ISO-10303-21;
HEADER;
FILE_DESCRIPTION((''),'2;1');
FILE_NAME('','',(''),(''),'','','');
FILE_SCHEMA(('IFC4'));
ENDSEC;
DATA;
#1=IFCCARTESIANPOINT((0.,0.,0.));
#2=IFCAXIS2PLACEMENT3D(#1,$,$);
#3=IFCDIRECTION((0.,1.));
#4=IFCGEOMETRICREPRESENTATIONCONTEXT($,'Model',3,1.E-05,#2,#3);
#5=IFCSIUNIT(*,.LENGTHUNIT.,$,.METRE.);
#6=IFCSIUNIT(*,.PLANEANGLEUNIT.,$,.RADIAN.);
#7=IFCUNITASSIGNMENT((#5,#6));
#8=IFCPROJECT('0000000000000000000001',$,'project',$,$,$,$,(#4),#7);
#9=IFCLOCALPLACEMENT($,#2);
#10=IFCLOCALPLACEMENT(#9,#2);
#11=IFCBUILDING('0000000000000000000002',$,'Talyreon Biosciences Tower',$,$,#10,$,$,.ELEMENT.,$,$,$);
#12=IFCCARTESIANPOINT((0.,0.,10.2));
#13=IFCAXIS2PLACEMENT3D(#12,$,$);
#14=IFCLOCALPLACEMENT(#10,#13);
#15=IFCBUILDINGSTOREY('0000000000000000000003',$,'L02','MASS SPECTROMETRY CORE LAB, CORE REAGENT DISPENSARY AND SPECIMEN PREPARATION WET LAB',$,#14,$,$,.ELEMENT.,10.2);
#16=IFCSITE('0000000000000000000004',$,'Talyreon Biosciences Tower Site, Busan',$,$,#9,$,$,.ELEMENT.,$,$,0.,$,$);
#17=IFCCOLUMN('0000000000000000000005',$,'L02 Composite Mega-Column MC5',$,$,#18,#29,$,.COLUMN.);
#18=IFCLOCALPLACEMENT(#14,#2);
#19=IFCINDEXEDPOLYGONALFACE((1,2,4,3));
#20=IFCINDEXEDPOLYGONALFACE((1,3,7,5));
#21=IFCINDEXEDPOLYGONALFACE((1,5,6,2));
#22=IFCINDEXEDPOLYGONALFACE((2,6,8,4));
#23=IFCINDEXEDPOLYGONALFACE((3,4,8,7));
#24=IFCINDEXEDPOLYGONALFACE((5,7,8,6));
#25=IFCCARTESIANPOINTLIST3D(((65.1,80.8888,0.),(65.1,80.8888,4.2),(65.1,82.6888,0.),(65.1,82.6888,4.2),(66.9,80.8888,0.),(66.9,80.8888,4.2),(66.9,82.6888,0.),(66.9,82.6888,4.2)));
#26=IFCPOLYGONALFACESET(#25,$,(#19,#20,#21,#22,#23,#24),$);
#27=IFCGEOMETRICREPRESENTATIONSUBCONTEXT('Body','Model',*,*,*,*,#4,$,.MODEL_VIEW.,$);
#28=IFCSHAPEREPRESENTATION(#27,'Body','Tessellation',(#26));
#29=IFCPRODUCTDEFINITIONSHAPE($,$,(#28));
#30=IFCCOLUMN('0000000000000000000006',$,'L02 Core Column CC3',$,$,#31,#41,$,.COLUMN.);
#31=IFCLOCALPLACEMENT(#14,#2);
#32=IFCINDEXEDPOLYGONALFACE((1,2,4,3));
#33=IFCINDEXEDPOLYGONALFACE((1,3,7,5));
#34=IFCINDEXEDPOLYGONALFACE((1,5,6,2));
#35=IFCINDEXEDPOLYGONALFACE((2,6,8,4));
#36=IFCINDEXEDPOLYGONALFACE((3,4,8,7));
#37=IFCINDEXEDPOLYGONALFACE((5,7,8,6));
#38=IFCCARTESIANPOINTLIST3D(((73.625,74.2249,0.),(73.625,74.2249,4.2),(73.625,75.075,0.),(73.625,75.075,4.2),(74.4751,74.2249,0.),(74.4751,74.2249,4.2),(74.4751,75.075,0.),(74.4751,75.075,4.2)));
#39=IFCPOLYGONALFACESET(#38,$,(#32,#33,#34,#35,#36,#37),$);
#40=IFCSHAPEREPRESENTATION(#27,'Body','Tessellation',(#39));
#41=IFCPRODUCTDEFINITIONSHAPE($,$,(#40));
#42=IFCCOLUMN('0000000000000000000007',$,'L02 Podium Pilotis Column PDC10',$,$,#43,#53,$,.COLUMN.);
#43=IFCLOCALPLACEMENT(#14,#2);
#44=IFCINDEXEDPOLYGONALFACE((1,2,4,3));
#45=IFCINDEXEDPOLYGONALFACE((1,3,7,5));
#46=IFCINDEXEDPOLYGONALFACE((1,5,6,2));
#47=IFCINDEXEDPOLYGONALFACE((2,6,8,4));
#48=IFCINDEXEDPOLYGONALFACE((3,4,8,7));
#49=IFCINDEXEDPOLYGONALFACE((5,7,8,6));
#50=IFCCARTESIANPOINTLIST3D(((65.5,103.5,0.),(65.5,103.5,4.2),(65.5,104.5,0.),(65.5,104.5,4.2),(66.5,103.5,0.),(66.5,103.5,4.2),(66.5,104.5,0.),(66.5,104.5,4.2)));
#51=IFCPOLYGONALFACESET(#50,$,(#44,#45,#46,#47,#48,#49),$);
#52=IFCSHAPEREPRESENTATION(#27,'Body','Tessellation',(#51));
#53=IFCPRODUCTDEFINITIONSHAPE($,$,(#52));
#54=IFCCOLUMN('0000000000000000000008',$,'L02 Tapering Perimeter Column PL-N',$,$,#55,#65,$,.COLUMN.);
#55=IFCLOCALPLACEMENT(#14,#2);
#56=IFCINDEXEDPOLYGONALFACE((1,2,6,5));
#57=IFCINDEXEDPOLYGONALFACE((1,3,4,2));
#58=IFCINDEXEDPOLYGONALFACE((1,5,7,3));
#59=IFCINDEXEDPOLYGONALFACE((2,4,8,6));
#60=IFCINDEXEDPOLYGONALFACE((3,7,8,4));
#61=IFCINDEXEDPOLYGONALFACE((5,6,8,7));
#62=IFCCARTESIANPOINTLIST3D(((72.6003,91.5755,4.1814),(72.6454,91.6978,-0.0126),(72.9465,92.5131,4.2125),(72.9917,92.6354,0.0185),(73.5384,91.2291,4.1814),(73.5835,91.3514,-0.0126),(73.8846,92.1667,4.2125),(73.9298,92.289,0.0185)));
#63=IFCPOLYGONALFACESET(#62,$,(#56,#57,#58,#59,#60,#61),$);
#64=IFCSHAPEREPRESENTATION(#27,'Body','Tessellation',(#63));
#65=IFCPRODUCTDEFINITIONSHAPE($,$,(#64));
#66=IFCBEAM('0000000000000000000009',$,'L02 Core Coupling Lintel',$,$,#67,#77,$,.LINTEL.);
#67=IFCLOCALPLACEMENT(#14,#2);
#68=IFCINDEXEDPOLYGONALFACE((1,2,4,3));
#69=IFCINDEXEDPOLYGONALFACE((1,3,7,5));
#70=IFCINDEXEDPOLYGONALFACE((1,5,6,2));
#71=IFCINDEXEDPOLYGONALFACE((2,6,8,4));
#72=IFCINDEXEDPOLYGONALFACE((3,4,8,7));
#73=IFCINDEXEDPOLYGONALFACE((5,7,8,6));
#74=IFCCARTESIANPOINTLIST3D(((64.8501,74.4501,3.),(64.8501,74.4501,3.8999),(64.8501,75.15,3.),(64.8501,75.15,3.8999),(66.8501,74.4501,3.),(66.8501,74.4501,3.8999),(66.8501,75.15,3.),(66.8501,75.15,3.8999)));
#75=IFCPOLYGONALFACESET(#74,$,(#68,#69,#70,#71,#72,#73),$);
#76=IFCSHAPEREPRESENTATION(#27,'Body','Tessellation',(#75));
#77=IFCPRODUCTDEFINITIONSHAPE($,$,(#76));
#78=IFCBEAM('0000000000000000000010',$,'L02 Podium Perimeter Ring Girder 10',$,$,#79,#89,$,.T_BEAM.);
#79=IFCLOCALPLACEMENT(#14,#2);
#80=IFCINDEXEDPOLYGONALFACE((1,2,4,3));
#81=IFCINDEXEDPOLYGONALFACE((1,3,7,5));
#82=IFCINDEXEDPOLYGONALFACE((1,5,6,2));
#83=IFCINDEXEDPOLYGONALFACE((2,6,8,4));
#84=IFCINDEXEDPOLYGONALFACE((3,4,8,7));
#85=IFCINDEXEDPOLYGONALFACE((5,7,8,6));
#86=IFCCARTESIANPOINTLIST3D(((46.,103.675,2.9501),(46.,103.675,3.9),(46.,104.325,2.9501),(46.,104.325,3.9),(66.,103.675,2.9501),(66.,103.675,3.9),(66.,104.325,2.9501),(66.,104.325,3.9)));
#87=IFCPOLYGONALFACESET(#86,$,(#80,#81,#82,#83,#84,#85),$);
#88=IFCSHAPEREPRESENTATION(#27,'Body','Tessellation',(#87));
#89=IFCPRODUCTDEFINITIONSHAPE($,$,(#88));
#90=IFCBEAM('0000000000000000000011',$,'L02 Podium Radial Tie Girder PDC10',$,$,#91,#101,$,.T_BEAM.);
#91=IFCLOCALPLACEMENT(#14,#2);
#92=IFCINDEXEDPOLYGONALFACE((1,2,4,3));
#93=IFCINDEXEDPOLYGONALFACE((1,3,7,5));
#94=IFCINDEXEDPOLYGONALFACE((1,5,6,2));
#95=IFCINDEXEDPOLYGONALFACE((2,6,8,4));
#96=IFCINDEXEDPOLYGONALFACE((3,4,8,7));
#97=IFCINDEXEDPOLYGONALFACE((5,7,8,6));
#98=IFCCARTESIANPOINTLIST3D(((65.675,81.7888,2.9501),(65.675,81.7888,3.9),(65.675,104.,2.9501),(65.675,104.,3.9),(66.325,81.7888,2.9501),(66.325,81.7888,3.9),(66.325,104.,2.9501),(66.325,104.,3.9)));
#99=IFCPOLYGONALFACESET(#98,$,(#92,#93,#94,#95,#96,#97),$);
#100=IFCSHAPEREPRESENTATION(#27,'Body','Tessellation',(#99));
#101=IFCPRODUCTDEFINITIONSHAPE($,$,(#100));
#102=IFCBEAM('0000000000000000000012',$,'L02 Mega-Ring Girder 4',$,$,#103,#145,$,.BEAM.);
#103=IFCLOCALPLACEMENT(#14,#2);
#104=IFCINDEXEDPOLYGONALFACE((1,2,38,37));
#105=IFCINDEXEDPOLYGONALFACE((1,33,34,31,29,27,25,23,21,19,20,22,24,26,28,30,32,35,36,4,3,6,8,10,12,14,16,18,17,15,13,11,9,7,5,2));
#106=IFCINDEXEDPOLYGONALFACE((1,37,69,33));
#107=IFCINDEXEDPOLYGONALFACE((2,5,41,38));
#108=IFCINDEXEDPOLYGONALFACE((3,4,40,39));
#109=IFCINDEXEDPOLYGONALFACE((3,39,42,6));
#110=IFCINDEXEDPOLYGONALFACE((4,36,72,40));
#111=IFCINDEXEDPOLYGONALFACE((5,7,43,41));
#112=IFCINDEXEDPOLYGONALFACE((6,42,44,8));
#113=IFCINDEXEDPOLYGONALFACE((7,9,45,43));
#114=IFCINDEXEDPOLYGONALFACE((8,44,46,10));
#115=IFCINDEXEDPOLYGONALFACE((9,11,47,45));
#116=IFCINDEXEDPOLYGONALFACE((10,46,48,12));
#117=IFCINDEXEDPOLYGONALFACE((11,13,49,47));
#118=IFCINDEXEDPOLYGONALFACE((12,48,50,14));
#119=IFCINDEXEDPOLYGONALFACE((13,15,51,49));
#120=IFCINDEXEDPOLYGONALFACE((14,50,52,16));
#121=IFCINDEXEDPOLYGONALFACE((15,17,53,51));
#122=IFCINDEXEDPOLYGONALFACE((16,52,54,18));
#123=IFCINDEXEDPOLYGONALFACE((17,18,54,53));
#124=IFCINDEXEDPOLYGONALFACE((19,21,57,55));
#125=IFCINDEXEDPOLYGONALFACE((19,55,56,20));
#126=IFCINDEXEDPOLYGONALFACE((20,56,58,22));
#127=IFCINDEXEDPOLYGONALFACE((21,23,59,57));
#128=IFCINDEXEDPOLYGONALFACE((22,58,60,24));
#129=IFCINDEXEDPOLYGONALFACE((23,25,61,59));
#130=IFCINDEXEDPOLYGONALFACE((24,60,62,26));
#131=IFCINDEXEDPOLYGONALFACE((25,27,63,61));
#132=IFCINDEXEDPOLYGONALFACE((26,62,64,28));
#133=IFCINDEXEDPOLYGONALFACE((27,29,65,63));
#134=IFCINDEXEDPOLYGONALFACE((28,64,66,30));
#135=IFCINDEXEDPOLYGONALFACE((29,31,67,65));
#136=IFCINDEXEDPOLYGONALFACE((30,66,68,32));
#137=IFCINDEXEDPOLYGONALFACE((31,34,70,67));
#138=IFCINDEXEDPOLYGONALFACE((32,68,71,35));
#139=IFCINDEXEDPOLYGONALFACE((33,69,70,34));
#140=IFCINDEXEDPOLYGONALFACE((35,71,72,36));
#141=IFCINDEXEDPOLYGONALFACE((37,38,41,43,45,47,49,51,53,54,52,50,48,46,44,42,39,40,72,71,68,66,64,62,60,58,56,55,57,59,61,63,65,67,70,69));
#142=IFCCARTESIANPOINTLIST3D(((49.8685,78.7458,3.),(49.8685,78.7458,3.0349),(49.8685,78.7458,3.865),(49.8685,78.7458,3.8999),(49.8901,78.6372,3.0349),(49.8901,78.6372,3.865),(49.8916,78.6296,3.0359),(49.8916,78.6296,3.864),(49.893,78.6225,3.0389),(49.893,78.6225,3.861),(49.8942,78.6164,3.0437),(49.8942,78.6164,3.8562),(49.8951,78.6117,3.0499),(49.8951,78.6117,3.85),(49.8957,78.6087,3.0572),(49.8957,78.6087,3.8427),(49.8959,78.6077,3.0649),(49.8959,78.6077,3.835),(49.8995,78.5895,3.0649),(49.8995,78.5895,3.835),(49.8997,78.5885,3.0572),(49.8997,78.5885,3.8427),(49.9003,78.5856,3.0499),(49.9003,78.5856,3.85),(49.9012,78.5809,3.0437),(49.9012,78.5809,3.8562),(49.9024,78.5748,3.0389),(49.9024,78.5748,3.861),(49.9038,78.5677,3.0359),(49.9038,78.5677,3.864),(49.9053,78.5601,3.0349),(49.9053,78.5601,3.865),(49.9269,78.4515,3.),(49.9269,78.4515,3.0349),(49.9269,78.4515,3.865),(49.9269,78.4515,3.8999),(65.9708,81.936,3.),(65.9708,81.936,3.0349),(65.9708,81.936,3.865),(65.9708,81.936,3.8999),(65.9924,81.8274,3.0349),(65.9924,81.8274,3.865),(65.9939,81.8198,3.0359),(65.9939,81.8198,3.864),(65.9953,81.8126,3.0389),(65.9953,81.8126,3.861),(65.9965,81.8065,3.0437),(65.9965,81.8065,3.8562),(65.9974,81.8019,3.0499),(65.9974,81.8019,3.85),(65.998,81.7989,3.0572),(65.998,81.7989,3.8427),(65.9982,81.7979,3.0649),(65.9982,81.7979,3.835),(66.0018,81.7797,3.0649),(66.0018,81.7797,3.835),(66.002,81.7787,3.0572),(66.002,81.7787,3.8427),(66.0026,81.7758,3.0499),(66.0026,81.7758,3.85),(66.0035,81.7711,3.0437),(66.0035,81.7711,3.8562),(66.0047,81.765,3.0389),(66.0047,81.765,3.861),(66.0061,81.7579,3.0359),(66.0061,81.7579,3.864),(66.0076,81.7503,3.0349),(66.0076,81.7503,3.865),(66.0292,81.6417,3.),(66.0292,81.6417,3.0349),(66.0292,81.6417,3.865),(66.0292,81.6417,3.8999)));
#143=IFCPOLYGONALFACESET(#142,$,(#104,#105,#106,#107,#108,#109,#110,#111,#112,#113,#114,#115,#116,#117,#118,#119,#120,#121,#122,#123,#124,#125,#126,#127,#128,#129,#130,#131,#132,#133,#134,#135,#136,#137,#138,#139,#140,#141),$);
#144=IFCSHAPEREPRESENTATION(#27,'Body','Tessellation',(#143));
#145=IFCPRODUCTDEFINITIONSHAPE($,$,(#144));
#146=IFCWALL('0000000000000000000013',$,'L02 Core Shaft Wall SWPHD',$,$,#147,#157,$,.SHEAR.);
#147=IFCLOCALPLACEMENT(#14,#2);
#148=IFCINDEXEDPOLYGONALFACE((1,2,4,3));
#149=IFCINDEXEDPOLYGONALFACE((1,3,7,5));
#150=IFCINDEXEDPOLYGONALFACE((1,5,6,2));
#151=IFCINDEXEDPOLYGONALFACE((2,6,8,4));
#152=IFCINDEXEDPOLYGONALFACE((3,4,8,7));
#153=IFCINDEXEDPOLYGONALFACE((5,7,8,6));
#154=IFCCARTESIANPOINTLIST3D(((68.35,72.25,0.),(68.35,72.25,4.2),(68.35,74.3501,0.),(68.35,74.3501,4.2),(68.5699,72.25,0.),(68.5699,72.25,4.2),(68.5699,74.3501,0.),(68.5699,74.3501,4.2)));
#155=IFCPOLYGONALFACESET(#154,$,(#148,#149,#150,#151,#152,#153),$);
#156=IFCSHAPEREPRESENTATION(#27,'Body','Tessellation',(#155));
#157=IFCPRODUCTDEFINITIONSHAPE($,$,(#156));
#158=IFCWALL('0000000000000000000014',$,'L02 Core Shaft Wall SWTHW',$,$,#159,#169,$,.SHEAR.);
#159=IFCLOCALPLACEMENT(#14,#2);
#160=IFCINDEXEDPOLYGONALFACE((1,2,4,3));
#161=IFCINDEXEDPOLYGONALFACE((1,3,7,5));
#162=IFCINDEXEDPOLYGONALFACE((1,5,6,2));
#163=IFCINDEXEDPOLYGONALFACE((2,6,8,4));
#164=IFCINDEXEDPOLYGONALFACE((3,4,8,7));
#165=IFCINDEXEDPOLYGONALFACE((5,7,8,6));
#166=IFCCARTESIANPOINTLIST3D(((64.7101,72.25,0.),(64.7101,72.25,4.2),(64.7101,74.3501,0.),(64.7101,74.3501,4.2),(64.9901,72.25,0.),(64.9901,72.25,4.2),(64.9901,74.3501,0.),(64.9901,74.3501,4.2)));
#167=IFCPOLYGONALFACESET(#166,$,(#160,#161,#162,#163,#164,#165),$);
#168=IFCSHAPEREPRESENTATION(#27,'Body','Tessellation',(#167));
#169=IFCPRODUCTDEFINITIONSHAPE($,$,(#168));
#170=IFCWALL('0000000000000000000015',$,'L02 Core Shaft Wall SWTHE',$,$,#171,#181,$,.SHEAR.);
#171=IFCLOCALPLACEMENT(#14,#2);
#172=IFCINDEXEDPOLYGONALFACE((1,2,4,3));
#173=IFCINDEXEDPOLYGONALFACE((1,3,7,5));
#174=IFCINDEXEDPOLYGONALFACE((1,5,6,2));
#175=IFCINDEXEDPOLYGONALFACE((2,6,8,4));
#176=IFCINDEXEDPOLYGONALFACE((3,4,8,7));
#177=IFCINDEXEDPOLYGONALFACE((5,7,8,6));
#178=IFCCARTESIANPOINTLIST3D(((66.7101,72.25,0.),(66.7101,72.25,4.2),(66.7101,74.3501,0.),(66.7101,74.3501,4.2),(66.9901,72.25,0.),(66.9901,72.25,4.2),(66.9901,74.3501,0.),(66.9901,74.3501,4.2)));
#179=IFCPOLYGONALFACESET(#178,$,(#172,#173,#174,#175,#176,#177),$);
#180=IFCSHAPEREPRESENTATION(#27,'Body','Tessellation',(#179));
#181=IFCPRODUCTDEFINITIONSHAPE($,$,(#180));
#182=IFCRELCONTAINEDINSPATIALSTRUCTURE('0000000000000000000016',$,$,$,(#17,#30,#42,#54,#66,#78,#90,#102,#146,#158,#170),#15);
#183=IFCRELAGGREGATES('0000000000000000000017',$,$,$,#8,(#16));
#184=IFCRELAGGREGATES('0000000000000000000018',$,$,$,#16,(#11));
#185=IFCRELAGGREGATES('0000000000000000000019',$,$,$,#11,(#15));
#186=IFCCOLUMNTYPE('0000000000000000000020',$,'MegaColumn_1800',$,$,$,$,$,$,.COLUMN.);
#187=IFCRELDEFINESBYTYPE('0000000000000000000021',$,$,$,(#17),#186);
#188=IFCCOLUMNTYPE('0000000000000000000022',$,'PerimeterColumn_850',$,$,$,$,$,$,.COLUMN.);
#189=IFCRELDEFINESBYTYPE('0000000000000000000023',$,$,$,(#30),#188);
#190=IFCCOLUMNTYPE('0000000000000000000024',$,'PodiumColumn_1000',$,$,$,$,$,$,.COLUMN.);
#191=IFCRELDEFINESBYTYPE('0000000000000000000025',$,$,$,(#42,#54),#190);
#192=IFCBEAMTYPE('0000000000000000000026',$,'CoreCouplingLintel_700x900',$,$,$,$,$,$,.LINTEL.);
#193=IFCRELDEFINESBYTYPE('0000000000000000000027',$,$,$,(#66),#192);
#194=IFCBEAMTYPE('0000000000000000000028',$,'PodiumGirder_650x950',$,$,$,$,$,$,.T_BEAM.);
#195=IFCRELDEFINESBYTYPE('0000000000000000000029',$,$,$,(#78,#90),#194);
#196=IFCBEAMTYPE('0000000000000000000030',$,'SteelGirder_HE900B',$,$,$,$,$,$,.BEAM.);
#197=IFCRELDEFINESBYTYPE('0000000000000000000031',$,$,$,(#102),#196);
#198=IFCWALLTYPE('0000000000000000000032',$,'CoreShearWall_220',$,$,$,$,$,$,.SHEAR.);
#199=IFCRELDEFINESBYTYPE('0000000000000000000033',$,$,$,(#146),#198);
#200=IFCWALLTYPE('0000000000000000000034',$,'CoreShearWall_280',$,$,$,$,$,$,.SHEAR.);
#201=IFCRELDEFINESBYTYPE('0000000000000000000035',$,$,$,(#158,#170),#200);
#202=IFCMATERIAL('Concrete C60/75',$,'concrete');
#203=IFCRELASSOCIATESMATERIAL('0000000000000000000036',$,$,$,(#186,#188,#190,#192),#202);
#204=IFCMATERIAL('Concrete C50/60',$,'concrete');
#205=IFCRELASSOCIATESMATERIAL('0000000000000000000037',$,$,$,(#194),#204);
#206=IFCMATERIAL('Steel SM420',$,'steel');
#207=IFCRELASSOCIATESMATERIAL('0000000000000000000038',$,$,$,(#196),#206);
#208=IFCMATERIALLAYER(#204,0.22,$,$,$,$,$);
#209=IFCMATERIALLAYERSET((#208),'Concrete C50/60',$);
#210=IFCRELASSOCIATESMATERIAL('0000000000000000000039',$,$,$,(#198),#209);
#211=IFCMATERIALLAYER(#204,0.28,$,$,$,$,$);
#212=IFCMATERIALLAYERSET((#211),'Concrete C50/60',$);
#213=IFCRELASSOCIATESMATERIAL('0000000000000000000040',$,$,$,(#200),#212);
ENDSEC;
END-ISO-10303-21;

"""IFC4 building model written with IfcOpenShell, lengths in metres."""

from ifc_helpers import new_model, si_unit, direction, frame, frame_2d, origin, origin_2d, place, context, subcontext, project, spatial, rectangle, i_section, extrude, material, layer, layer_set, material_profile, profile_set, type_object, element, save


model = new_model("IFC4")

# Units and contexts
model_context = context("Model", 3, precision=1e-05, world=origin(), true_north=direction((0.0, 1.0)))
body_context = subcontext(model_context, "Body", "Model", "MODEL_VIEW")
ifc_project = project(units=[si_unit("LENGTHUNIT", "METRE"), si_unit("PLANEANGLEUNIT", "RADIAN")], contexts=[model_context])

# Site, building, storey
site_placement = place(None, origin())
site = spatial("IfcSite", under=ifc_project, at=site_placement, Name="Talyreon Biosciences Tower Site, Busan", CompositionType="ELEMENT", RefElevation=0.0)
building_placement = place(site_placement, origin())
building = spatial("IfcBuilding", under=site, at=building_placement, Name="Talyreon Biosciences Tower", CompositionType="ELEMENT")
storey_placement = place(building_placement, frame((0.0, 0.0, 10.2)))
storey = spatial("IfcBuildingStorey", under=building, at=storey_placement, Name="L02", Description="MASS SPECTROMETRY CORE LAB, CORE REAGENT DISPENSARY AND SPECIMEN PREPARATION WET LAB", CompositionType="ELEMENT", Elevation=10.2)

# Columns
ifc_material_1 = material(Name="Concrete C60/75", Category="concrete")
ifc_material_profile_1 = material_profile(ifc_material_1, rectangle(XDim=1.8, YDim=1.8, at=origin_2d()), Name="RC 1800x1800")
ifc_profile_set_1 = profile_set([ifc_material_profile_1], Name="Concrete C60/75")
column_type_1 = type_object("IfcColumnType", Name="MegaColumn_1800", PredefinedType="COLUMN", material=ifc_profile_set_1)
column_1_placement = place(storey_placement, frame((66.0, 81.7888, 0.0), z_axis=(0.0, 0.0, 1.0), x_axis=(1.0, 0.0, 0.0)))
element("IfcColumn", 1, at=column_1_placement, inside=storey, type_object=column_type_1, Name="L02 Composite Mega-Column MC5", PredefinedType="COLUMN", context=body_context, shape_type="SweptSolid", body=[
    extrude(rectangle(XDim=1.8, YDim=1.8, at=origin_2d()), origin(), (0.0, 0.0, 1.0), 4.2),
])
ifc_material_profile_2 = material_profile(ifc_material_1, rectangle(XDim=0.8501, YDim=0.8501, at=origin_2d()), Name="RC 850x850")
ifc_profile_set_2 = profile_set([ifc_material_profile_2], Name="Concrete C60/75")
column_type_2 = type_object("IfcColumnType", Name="PerimeterColumn_850", PredefinedType="COLUMN", material=ifc_profile_set_2)
column_2_placement = place(storey_placement, frame((74.05, 74.6499, 0.0), z_axis=(0.0, 0.0, 1.0), x_axis=(1.0, 0.0, 0.0)))
element("IfcColumn", 2, at=column_2_placement, inside=storey, type_object=column_type_2, Name="L02 Core Column CC3", PredefinedType="COLUMN", context=body_context, shape_type="SweptSolid", body=[
    extrude(rectangle(XDim=0.8501, YDim=0.8501, at=origin_2d()), origin(), (0.0, 0.0, 1.0), 4.2),
])
ifc_material_profile_3 = material_profile(ifc_material_1, rectangle(XDim=1.0, YDim=1.0, at=origin_2d()), Name="RC 1000x1000")
ifc_profile_set_3 = profile_set([ifc_material_profile_3], Name="Concrete C60/75")
column_type_3 = type_object("IfcColumnType", Name="PodiumColumn_1000", PredefinedType="COLUMN", material=ifc_profile_set_3)
column_3_placement = place(storey_placement, frame((66.0, 104.0, 0.0), z_axis=(0.0, 0.0, 1.0), x_axis=(1.0, 0.0, 0.0)))
element("IfcColumn", 3, at=column_3_placement, inside=storey, type_object=column_type_3, Name="L02 Podium Pilotis Column PDC10", PredefinedType="COLUMN", context=body_context, shape_type="SweptSolid", body=[
    extrude(rectangle(XDim=1.0, YDim=1.0, at=origin_2d()), origin(), (0.0, 0.0, 1.0), 4.2),
])
column_4_placement = place(storey_placement, frame((73.2876, 91.9934, 0.0029), z_axis=(-0.010764, -0.029149, 0.999517), x_axis=(-0.938087, 0.346399, 0.0)))
element("IfcColumn", 4, at=column_4_placement, inside=storey, type_object=column_type_3, Name="L02 Tapering Perimeter Column PL-N", PredefinedType="COLUMN", context=body_context, shape_type="SweptSolid", body=[
    extrude(rectangle(XDim=1.0, YDim=1.0, at=origin_2d()), origin(), (0.0, 0.0, 1.0), 4.196),
])

# Beams
ifc_material_profile_4 = material_profile(ifc_material_1, rectangle(XDim=0.7, YDim=0.8999, at=origin_2d()), Name="RCB 700x900")
ifc_profile_set_4 = profile_set([ifc_material_profile_4], Name="Concrete C60/75")
beam_type_1 = type_object("IfcBeamType", Name="CoreCouplingLintel_700x900", PredefinedType="LINTEL", material=ifc_profile_set_4)
beam_1_placement = place(storey_placement, frame((64.8501, 74.8, 3.45), z_axis=(1.0, 0.0, 0.0), x_axis=(0.0, 1.0, 0.0)))
element("IfcBeam", 5, at=beam_1_placement, inside=storey, type_object=beam_type_1, Name="L02 Core Coupling Lintel", PredefinedType="LINTEL", context=body_context, shape_type="SweptSolid", body=[
    extrude(rectangle(XDim=0.7, YDim=0.8999, at=origin_2d()), origin(), (0.0, 0.0, 1.0), 2.0),
])
ifc_material_2 = material(Name="Concrete C50/60", Category="concrete")
ifc_material_profile_5 = material_profile(ifc_material_2, rectangle(XDim=0.6499, YDim=0.95, at=origin_2d()), Name="RCB 650x950")
ifc_profile_set_5 = profile_set([ifc_material_profile_5], Name="Concrete C50/60")
beam_type_2 = type_object("IfcBeamType", Name="PodiumGirder_650x950", PredefinedType="T_BEAM", material=ifc_profile_set_5)
beam_2_placement = place(storey_placement, frame((66.0, 104.0, 3.425), z_axis=(-1.0, 0.0, 0.0), x_axis=(0.0, -1.0, 0.0)))
element("IfcBeam", 6, at=beam_2_placement, inside=storey, type_object=beam_type_2, Name="L02 Podium Perimeter Ring Girder 10", PredefinedType="T_BEAM", context=body_context, shape_type="SweptSolid", body=[
    extrude(rectangle(XDim=0.6499, YDim=0.95, at=origin_2d()), origin(), (0.0, 0.0, 1.0), 20.0),
])
beam_3_placement = place(storey_placement, frame((66.0, 81.7888, 3.425), z_axis=(0.0, 1.0, 0.0), x_axis=(-1.0, 0.0, 0.0)))
element("IfcBeam", 7, at=beam_3_placement, inside=storey, type_object=beam_type_2, Name="L02 Podium Radial Tie Girder PDC10", PredefinedType="T_BEAM", context=body_context, shape_type="SweptSolid", body=[
    extrude(rectangle(XDim=0.6499, YDim=0.95, at=origin_2d()), origin(), (0.0, 0.0, 1.0), 22.2112),
])
ifc_material_3 = material(Name="Steel SM420", Category="steel")
ifc_material_profile_6 = material_profile(ifc_material_3, i_section(OverallWidth=0.3, OverallDepth=0.8999, WebThickness=0.0186, FlangeThickness=0.0349, FilletRadius=0.03, at=origin_2d()), Name="HE900B")
ifc_profile_set_6 = profile_set([ifc_material_profile_6], Name="Steel SM420")
beam_type_3 = type_object("IfcBeamType", Name="SteelGirder_HE900B", PredefinedType="BEAM", material=ifc_profile_set_6)
beam_4_placement = place(storey_placement, frame((66.0, 81.7888, 3.45), z_axis=(-0.980934, -0.194343, 0.0), x_axis=(0.194343, -0.980934, 0.0)))
element("IfcBeam", 8, at=beam_4_placement, inside=storey, type_object=beam_type_3, Name="L02 Mega-Ring Girder 4", PredefinedType="BEAM", context=body_context, shape_type="SweptSolid", body=[
    extrude(i_section(OverallWidth=0.3, OverallDepth=0.8999, WebThickness=0.0186, FlangeThickness=0.0349, FilletRadius=0.03, at=origin_2d()), origin(), (0.0, 0.0, 1.0), 16.4153),
])

# Walls
ifc_layer_1 = layer(ifc_material_2, 0.22)
ifc_layer_set_1 = layer_set([ifc_layer_1], Name="Concrete C50/60")
wall_type_1 = type_object("IfcWallType", Name="CoreShearWall_220", PredefinedType="SHEAR", material=ifc_layer_set_1)
wall_1_placement = place(storey_placement, frame((68.46, 72.25, 0.0), z_axis=(0.0, 0.0, 1.0), x_axis=(0.0, 1.0, 0.0)))
element("IfcWall", 9, at=wall_1_placement, inside=storey, type_object=wall_type_1, Name="L02 Core Shaft Wall SWPHD", PredefinedType="SHEAR", context=body_context, shape_type="SweptSolid", body=[
    extrude(rectangle(XDim=2.1001, YDim=0.22, at=frame_2d((1.05, 0.0))), origin(), (0.0, 0.0, 1.0), 4.2),
])
ifc_layer_2 = layer(ifc_material_2, 0.28)
ifc_layer_set_2 = layer_set([ifc_layer_2], Name="Concrete C50/60")
wall_type_2 = type_object("IfcWallType", Name="CoreShearWall_280", PredefinedType="SHEAR", material=ifc_layer_set_2)
for number, where, z_axis, x_axis, name in (
    (10, (64.8501, 72.25, 0.0), (0.0, 0.0, 1.0), (0.0, 1.0, 0.0), "L02 Core Shaft Wall SWTHW"),
    (11, (66.8501, 72.25, 0.0), (0.0, 0.0, 1.0), (0.0, 1.0, 0.0), "L02 Core Shaft Wall SWTHE"),
):
    element("IfcWall", number, at=place(storey_placement, frame(where, z_axis=z_axis, x_axis=x_axis)), inside=storey, type_object=wall_type_2, Name=name, PredefinedType="SHEAR", context=body_context, shape_type="SweptSolid", body=[
        extrude(rectangle(XDim=2.1001, YDim=0.28, at=frame_2d((1.05, 0.0))), origin(), (0.0, 0.0, 1.0), 4.2),
    ])

save(model, "model.ifc")
